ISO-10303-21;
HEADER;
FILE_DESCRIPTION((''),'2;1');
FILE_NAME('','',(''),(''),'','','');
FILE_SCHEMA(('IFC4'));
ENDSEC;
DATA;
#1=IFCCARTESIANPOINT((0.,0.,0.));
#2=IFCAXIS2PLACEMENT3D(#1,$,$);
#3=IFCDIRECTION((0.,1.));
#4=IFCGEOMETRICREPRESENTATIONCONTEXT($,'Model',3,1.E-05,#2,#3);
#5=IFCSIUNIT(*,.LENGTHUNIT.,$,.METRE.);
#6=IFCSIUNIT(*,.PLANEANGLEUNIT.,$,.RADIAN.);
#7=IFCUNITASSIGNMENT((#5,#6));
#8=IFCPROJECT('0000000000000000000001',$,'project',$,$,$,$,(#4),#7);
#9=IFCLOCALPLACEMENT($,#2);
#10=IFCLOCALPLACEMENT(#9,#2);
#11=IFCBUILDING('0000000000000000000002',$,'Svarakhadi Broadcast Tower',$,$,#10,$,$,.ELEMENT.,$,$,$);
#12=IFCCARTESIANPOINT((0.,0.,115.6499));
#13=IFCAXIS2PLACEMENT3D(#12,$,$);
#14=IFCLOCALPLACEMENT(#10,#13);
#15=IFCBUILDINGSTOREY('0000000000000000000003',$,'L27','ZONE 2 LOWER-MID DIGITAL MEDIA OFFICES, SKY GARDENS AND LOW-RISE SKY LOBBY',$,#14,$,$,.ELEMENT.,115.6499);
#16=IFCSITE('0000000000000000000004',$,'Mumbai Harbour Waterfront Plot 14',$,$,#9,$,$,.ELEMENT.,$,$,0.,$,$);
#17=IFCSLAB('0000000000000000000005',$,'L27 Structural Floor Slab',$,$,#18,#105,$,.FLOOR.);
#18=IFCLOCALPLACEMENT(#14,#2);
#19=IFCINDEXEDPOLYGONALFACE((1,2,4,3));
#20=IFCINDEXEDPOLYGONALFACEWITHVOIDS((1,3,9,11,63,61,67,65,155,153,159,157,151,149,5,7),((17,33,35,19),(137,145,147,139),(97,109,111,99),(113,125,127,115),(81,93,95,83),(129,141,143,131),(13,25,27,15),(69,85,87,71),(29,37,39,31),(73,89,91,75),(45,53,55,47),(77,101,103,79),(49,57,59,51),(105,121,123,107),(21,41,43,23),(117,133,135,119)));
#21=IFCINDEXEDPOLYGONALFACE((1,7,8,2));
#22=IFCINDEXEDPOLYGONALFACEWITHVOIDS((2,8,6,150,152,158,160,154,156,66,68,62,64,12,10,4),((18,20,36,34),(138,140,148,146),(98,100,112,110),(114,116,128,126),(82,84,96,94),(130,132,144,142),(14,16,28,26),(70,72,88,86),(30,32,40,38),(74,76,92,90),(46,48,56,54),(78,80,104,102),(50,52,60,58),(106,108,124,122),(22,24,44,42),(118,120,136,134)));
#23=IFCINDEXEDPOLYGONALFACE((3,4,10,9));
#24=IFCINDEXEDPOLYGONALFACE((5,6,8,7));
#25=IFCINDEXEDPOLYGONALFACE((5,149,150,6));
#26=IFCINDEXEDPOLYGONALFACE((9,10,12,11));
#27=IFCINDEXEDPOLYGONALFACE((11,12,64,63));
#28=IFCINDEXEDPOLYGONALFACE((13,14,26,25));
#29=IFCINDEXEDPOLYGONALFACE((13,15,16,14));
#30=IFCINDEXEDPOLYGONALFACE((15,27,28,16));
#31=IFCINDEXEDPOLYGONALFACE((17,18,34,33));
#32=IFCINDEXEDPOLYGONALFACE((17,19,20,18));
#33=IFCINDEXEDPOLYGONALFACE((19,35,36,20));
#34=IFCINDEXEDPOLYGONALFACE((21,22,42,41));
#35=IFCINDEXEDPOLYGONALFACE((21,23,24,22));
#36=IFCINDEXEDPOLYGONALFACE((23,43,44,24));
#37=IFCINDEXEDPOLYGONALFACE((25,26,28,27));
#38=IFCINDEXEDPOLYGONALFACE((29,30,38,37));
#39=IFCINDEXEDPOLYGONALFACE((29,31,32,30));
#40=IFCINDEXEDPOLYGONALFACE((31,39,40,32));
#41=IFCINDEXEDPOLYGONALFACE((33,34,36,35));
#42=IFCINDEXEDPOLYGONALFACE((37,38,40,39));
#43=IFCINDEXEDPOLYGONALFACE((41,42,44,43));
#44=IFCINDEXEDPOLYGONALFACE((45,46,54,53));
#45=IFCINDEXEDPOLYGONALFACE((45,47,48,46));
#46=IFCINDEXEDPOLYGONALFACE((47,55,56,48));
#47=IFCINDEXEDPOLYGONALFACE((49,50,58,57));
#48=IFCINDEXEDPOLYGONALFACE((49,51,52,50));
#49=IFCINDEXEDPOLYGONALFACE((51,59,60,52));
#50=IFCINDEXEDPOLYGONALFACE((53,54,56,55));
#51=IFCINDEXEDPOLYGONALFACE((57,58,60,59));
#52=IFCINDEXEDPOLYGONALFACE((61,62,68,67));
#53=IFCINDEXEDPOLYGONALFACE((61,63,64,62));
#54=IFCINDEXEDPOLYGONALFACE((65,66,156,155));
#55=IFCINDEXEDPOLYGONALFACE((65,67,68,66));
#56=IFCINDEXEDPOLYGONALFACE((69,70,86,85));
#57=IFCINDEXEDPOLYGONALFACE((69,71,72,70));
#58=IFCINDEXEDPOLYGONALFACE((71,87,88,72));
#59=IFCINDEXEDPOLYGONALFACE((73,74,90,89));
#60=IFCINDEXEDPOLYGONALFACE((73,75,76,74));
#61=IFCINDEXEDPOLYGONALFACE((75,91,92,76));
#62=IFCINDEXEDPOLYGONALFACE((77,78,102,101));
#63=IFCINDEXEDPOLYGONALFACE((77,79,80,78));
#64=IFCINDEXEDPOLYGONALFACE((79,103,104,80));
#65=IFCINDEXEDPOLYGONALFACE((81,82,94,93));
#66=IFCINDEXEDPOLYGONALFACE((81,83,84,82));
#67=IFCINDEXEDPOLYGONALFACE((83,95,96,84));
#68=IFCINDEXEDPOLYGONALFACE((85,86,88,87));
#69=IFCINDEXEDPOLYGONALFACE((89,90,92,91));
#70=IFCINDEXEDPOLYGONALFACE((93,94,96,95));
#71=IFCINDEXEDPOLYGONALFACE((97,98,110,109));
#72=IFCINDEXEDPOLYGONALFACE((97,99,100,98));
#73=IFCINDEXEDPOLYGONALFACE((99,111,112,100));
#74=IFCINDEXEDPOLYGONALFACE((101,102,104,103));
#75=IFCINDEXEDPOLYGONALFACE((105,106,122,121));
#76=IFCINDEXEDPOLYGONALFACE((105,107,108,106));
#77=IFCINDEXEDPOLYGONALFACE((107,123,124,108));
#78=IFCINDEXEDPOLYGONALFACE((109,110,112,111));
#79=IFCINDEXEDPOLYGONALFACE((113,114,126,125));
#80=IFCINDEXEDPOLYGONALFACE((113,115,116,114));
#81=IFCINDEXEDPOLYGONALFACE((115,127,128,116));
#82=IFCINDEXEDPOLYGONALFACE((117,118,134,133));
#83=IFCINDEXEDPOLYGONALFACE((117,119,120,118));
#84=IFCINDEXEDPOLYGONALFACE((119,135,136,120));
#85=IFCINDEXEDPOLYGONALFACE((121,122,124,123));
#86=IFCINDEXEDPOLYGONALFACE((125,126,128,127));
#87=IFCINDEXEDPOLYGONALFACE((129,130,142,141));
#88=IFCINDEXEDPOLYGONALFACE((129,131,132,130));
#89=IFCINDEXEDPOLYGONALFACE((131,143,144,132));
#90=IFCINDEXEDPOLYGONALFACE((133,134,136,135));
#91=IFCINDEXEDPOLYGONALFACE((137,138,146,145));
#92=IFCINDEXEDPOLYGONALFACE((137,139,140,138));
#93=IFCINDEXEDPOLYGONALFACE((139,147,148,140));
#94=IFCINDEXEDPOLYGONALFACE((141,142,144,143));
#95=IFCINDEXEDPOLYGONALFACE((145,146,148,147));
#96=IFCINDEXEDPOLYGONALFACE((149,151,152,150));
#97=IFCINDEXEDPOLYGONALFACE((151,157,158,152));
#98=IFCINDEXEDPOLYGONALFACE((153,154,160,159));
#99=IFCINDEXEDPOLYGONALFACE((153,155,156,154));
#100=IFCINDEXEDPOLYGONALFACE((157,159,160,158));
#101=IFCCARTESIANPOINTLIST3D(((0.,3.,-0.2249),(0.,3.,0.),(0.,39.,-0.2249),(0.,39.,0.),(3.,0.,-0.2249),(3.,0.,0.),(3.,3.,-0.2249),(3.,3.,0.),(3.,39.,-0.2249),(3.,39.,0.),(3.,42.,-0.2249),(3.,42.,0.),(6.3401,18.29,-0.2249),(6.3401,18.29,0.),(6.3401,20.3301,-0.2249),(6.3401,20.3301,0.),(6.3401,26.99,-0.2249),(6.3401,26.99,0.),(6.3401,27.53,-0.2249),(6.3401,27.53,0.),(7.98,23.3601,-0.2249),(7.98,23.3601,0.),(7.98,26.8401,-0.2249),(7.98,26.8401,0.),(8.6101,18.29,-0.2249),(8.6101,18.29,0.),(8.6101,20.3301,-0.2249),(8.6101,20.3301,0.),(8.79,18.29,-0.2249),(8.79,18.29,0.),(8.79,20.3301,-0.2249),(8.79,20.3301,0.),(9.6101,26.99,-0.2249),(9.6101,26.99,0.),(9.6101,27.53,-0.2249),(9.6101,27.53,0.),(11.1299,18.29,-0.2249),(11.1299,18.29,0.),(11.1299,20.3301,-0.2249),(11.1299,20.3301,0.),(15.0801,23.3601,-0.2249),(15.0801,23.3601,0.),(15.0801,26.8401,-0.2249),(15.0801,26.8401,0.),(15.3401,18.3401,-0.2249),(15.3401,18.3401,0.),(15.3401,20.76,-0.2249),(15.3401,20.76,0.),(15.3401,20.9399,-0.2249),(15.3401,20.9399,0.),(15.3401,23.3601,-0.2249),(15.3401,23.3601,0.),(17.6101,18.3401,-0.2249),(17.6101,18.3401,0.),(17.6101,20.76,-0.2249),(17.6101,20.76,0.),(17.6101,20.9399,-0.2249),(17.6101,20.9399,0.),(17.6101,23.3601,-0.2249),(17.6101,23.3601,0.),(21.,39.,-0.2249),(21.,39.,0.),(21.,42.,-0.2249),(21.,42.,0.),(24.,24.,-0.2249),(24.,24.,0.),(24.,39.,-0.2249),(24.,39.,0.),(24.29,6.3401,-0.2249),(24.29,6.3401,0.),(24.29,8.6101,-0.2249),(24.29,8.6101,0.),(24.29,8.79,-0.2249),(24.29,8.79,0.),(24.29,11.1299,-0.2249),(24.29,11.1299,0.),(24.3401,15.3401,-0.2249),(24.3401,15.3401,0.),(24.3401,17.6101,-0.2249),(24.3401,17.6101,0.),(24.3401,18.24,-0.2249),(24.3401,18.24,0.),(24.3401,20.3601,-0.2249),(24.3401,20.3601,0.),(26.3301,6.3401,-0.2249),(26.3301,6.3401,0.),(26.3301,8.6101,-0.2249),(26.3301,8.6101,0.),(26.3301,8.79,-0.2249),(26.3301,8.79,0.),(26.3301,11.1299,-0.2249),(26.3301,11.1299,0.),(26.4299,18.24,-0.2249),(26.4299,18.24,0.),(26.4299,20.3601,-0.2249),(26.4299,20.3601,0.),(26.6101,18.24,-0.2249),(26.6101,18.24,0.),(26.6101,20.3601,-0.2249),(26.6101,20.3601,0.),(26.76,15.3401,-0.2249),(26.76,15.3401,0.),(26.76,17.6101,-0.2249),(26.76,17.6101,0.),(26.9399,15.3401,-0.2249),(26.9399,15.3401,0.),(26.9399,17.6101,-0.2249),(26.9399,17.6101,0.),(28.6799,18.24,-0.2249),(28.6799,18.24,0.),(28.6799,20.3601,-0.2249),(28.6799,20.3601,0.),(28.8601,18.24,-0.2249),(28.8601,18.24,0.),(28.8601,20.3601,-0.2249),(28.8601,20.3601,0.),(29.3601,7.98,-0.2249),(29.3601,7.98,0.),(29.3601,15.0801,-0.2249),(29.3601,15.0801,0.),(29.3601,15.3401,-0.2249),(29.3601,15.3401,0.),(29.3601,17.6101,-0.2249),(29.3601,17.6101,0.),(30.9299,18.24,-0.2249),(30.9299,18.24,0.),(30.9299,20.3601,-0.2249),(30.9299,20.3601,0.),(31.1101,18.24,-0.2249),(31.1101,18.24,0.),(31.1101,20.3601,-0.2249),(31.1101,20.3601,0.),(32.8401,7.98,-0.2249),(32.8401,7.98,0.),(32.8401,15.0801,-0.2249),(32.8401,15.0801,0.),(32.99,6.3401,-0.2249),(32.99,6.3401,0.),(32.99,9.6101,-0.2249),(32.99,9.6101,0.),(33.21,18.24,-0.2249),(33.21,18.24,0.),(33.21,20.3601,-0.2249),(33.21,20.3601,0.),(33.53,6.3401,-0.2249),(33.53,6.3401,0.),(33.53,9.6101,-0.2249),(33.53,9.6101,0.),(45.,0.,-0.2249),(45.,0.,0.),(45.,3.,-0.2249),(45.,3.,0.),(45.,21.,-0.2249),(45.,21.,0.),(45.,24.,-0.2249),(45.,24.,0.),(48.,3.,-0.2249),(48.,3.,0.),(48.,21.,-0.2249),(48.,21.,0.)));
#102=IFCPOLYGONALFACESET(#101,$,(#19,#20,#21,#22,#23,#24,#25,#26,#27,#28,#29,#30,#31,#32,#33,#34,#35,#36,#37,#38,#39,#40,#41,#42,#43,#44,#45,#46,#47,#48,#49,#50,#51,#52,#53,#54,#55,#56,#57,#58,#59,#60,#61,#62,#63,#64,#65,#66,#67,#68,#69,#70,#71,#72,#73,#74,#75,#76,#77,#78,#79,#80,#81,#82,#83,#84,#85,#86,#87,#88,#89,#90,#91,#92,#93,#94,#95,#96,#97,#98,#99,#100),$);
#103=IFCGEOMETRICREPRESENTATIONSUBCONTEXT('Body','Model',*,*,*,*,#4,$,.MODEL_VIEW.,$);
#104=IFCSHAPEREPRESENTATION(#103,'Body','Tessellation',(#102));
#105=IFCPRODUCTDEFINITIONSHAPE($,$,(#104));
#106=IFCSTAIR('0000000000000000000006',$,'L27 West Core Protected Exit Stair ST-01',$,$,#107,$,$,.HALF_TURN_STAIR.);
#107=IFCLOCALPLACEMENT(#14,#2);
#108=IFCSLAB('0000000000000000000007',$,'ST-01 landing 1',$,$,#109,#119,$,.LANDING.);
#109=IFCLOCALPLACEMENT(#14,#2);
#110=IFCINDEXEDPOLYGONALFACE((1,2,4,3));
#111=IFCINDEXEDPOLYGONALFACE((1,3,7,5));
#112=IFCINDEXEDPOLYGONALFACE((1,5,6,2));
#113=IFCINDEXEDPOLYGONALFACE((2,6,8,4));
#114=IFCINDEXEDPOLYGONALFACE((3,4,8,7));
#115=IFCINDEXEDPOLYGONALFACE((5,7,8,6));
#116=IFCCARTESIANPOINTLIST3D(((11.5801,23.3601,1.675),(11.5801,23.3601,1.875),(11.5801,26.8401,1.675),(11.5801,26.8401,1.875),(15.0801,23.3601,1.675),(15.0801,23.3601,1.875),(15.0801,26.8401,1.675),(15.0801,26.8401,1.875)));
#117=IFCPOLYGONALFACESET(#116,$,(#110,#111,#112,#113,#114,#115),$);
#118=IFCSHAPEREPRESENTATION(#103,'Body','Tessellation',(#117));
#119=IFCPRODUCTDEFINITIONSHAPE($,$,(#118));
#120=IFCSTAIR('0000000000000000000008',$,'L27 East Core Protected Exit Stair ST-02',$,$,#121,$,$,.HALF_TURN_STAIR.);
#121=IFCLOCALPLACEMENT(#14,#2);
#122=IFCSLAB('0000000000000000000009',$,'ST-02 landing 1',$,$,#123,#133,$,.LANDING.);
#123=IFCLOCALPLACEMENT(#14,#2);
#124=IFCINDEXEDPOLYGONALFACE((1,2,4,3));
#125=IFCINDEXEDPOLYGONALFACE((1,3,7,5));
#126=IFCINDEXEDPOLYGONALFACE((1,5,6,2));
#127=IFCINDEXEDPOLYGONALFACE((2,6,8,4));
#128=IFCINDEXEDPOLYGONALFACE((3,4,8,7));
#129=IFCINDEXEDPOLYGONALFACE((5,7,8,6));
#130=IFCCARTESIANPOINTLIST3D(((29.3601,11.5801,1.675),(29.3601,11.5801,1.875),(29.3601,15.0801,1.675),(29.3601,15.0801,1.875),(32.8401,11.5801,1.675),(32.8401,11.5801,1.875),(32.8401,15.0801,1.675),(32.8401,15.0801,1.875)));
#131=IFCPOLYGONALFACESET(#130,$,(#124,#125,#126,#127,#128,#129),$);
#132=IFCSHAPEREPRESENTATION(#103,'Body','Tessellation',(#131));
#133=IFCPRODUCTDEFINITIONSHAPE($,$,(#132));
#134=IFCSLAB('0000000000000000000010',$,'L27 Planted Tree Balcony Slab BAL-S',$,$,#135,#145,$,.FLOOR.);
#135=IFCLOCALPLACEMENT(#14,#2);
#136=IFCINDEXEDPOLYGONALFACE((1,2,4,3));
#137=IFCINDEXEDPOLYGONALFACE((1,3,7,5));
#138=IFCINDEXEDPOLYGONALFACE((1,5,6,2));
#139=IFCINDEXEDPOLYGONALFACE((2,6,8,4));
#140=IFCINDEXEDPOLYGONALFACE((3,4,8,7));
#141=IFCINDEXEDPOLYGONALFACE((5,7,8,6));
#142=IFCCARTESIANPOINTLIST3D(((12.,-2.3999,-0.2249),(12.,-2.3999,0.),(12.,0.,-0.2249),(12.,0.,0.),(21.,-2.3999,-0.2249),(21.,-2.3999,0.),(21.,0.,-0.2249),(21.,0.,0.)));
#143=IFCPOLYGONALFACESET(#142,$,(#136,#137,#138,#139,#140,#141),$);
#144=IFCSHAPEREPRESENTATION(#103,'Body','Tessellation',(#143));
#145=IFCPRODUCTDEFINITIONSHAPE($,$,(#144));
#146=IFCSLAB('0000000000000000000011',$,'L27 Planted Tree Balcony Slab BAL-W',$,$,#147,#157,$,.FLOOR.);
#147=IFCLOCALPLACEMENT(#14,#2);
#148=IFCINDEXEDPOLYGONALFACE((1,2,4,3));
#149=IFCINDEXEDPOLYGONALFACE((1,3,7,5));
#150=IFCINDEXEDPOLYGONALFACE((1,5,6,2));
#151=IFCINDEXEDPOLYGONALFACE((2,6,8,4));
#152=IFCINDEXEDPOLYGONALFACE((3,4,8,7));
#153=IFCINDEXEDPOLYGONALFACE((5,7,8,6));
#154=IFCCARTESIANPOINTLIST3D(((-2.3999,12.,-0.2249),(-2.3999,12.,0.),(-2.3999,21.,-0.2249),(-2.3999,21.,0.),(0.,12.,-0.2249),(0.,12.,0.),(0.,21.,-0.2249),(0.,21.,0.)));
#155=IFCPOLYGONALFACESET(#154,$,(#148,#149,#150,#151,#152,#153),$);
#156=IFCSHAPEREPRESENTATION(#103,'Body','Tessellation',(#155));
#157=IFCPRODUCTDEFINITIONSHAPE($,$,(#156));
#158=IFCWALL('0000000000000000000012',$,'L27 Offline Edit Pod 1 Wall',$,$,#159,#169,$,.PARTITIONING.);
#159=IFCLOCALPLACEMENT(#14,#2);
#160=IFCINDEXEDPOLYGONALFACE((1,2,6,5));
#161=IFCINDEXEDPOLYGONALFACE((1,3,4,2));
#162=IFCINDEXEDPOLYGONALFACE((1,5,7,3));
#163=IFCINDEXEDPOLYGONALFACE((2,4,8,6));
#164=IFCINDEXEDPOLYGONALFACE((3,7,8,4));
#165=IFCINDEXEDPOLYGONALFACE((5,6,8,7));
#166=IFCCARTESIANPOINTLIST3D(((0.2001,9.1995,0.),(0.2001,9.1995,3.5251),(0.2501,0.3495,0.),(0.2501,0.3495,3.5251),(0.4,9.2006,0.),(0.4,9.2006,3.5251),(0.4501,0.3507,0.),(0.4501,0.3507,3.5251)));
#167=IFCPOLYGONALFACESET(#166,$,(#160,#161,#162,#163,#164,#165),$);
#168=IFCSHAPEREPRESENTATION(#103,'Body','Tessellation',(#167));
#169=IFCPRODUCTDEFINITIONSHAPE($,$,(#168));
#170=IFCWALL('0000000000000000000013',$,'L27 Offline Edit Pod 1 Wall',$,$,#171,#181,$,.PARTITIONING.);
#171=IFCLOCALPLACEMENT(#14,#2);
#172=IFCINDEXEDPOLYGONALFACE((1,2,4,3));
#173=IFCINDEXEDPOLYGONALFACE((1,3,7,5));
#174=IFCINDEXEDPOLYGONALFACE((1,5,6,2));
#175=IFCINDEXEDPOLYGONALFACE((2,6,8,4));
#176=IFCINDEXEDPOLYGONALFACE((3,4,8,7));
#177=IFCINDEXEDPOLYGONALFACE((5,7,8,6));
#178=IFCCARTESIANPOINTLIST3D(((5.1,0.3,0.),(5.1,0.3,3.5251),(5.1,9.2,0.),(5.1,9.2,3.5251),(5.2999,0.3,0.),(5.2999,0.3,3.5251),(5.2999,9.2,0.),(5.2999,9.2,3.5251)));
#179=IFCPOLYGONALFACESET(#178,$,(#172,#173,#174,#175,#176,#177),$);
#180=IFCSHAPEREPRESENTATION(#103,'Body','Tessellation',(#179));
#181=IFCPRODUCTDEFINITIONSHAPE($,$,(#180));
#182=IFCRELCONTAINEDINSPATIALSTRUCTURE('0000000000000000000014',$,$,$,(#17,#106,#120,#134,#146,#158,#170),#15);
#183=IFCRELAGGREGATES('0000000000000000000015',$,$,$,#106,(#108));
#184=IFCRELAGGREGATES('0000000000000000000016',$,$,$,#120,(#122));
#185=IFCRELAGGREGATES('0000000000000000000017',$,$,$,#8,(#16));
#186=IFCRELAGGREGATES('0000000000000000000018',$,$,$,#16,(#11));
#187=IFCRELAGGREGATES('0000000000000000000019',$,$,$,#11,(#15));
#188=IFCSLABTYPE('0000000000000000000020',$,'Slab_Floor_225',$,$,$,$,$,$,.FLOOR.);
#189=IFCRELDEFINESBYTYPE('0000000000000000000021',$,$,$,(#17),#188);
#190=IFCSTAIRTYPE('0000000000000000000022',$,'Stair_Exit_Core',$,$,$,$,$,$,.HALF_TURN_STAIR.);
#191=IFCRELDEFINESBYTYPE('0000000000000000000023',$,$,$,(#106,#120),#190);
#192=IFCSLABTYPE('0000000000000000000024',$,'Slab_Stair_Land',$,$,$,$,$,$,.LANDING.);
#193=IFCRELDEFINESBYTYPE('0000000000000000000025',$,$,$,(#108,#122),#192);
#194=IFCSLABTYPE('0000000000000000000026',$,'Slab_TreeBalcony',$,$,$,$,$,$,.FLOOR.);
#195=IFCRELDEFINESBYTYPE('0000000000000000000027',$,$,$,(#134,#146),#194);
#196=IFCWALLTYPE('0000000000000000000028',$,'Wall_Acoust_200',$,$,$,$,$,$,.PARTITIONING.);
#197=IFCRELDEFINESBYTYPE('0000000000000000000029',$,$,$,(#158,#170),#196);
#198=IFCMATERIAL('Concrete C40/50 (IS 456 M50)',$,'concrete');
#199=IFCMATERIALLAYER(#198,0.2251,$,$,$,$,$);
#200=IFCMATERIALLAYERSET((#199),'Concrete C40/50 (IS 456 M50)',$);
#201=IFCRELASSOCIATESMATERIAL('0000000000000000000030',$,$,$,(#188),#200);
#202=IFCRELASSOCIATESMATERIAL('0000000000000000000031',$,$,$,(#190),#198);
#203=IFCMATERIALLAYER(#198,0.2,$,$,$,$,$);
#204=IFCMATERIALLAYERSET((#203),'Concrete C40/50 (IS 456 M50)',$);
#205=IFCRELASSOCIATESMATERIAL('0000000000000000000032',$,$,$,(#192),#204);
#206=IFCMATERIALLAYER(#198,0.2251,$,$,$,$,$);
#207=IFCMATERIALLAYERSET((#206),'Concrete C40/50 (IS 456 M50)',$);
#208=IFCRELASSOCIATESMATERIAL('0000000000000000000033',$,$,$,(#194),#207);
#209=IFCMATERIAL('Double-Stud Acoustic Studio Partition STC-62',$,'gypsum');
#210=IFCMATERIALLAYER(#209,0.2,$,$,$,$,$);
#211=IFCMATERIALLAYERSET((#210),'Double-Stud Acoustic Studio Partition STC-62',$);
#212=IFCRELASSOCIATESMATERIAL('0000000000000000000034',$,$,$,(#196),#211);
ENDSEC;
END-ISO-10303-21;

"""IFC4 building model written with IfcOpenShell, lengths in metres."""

from ifc_helpers import new_model, si_unit, direction, frame, frame_2d, origin, place, context, subcontext, project, spatial, polyline, rectangle, outline, extrude, material, layer, layer_set, type_object, element, aggregate, save


model = new_model("IFC4")

# Units and contexts
model_context = context("Model", 3, precision=1e-05, world=origin(), true_north=direction((0.0, 1.0)))
body_context = subcontext(model_context, "Body", "Model", "MODEL_VIEW")
ifc_project = project(units=[si_unit("LENGTHUNIT", "METRE"), si_unit("PLANEANGLEUNIT", "RADIAN")], contexts=[model_context])

# Site, building, storey
site_placement = place(None, origin())
site = spatial("IfcSite", under=ifc_project, at=site_placement, Name="Mumbai Harbour Waterfront Plot 14", CompositionType="ELEMENT", RefElevation=0.0)
building_placement = place(site_placement, origin())
building = spatial("IfcBuilding", under=site, at=building_placement, Name="Svarakhadi Broadcast Tower", CompositionType="ELEMENT")
storey_placement = place(building_placement, frame((0.0, 0.0, 115.6499)))
storey = spatial("IfcBuildingStorey", under=building, at=storey_placement, Name="L27", Description="ZONE 2 LOWER-MID DIGITAL MEDIA OFFICES, SKY GARDENS AND LOW-RISE SKY LOBBY", CompositionType="ELEMENT", Elevation=115.6499)

# Slab
ifc_material_1 = material(Name="Concrete C40/50 (IS 456 M50)", Category="concrete")
ifc_layer_1 = layer(ifc_material_1, 0.2251)
ifc_layer_set_1 = layer_set([ifc_layer_1], Name="Concrete C40/50 (IS 456 M50)")
slab_type_1 = type_object("IfcSlabType", Name="Slab_Floor_225", PredefinedType="FLOOR", material=ifc_layer_set_1)
slab_1_placement = place(storey_placement, frame((0.0, 0.0, -0.2249)))
element("IfcSlab", 1, at=slab_1_placement, inside=storey, type_object=slab_type_1, Name="L27 Structural Floor Slab", PredefinedType="FLOOR", context=body_context, shape_type="SweptSolid", body=[
    extrude(outline(polyline([(3.0, 0.0), (45.0, 0.0), (45.0, 3.0), (48.0, 3.0), (48.0, 21.0), (45.0, 21.0), (45.0, 24.0), (24.0, 24.0), (24.0, 39.0), (21.0, 39.0), (21.0, 42.0), (3.0, 42.0), (3.0, 39.0), (0.0, 39.0), (0.0, 3.0), (3.0, 3.0), (3.0, 0.0)]), holes=[polyline([(7.98, 23.3601), (15.0801, 23.3601), (15.0801, 26.8401), (7.98, 26.8401), (7.98, 23.3601)]), polyline([(32.8401, 7.98), (32.8401, 15.0801), (29.3601, 15.0801), (29.3601, 7.98), (32.8401, 7.98)]), polyline([(6.3401, 18.29), (8.6101, 18.29), (8.6101, 20.3301), (6.3401, 20.3301), (6.3401, 18.29)]), polyline([(8.79, 18.29), (11.1299, 18.29), (11.1299, 20.3301), (8.79, 20.3301), (8.79, 18.29)]), polyline([(24.29, 6.3401), (26.3301, 6.3401), (26.3301, 8.6101), (24.29, 8.6101), (24.29, 6.3401)]), polyline([(24.29, 8.79), (26.3301, 8.79), (26.3301, 11.1299), (24.29, 11.1299), (24.29, 8.79)]), polyline([(6.3401, 26.99), (9.6101, 26.99), (9.6101, 27.53), (6.3401, 27.53), (6.3401, 26.99)]), polyline([(32.99, 6.3401), (33.53, 6.3401), (33.53, 9.6101), (32.99, 9.6101), (32.99, 6.3401)]), polyline([(15.3401, 18.3401), (17.6101, 18.3401), (17.6101, 20.76), (15.3401, 20.76), (15.3401, 18.3401)]), polyline([(15.3401, 20.9399), (17.6101, 20.9399), (17.6101, 23.3601), (15.3401, 23.3601), (15.3401, 20.9399)]), polyline([(24.3401, 15.3401), (26.76, 15.3401), (26.76, 17.6101), (24.3401, 17.6101), (24.3401, 15.3401)]), polyline([(26.9399, 15.3401), (29.3601, 15.3401), (29.3601, 17.6101), (26.9399, 17.6101), (26.9399, 15.3401)]), polyline([(24.3401, 18.24), (26.4299, 18.24), (26.4299, 20.3601), (24.3401, 20.3601), (24.3401, 18.24)]), polyline([(26.6101, 18.24), (28.6799, 18.24), (28.6799, 20.3601), (26.6101, 20.3601), (26.6101, 18.24)]), polyline([(28.8601, 18.24), (30.9299, 18.24), (30.9299, 20.3601), (28.8601, 20.3601), (28.8601, 18.24)]), polyline([(31.1101, 18.24), (33.21, 18.24), (33.21, 20.3601), (31.1101, 20.3601), (31.1101, 18.24)])]), origin(), (0.0, 0.0, 1.0), 0.2249),
])

# Stairs, slabs
stair_type = type_object("IfcStairType", Name="Stair_Exit_Core", PredefinedType="HALF_TURN_STAIR", material=ifc_material_1)
stair_1_placement = place(storey_placement, origin())
stair_1 = element("IfcStair", 2, at=stair_1_placement, inside=storey, type_object=stair_type, Name="L27 West Core Protected Exit Stair ST-01", PredefinedType="HALF_TURN_STAIR")
ifc_layer_2 = layer(ifc_material_1, 0.2)
ifc_layer_set_2 = layer_set([ifc_layer_2], Name="Concrete C40/50 (IS 456 M50)")
slab_type_2 = type_object("IfcSlabType", Name="Slab_Stair_Land", PredefinedType="LANDING", material=ifc_layer_set_2)
slab_2_placement = place(storey_placement, frame((0.0, 0.0, 1.675)))
slab_2 = element("IfcSlab", 3, at=slab_2_placement, type_object=slab_type_2, Name="ST-01 landing 1", PredefinedType="LANDING", context=body_context, shape_type="SweptSolid", body=[
    extrude(outline(polyline([(11.5801, 23.3601), (15.0801, 23.3601), (15.0801, 26.8401), (11.5801, 26.8401), (11.5801, 23.3601)])), origin(), (0.0, 0.0, 1.0), 0.2),
])
aggregate(stair_1, [slab_2])
stair_2_placement = place(storey_placement, origin())
stair_2 = element("IfcStair", 4, at=stair_2_placement, inside=storey, type_object=stair_type, Name="L27 East Core Protected Exit Stair ST-02", PredefinedType="HALF_TURN_STAIR")
slab_3_placement = place(storey_placement, frame((0.0, 0.0, 1.675)))
slab_3 = element("IfcSlab", 5, at=slab_3_placement, type_object=slab_type_2, Name="ST-02 landing 1", PredefinedType="LANDING", context=body_context, shape_type="SweptSolid", body=[
    extrude(outline(polyline([(32.8401, 11.5801), (32.8401, 15.0801), (29.3601, 15.0801), (29.3601, 11.5801), (32.8401, 11.5801)])), origin(), (0.0, 0.0, 1.0), 0.2),
])
aggregate(stair_2, [slab_3])

# Slabs
ifc_layer_3 = layer(ifc_material_1, 0.2251)
ifc_layer_set_3 = layer_set([ifc_layer_3], Name="Concrete C40/50 (IS 456 M50)")
slab_type_3 = type_object("IfcSlabType", Name="Slab_TreeBalcony", PredefinedType="FLOOR", material=ifc_layer_set_3)
slab_4_placement = place(storey_placement, frame((0.0, 0.0, -0.2249)))
element("IfcSlab", 6, at=slab_4_placement, inside=storey, type_object=slab_type_3, Name="L27 Planted Tree Balcony Slab BAL-S", PredefinedType="FLOOR", context=body_context, shape_type="SweptSolid", body=[
    extrude(outline(polyline([(12.0, -2.3999), (21.0, -2.3999), (21.0, 0.0), (12.0, 0.0), (12.0, -2.3999)])), origin(), (0.0, 0.0, 1.0), 0.2249),
])
slab_5_placement = place(storey_placement, frame((0.0, 0.0, -0.2249)))
element("IfcSlab", 7, at=slab_5_placement, inside=storey, type_object=slab_type_3, Name="L27 Planted Tree Balcony Slab BAL-W", PredefinedType="FLOOR", context=body_context, shape_type="SweptSolid", body=[
    extrude(outline(polyline([(-2.3999, 12.0), (0.0, 12.0), (0.0, 21.0), (-2.3999, 21.0), (-2.3999, 12.0)])), origin(), (0.0, 0.0, 1.0), 0.2249),
])

# Walls
ifc_material_2 = material(Name="Double-Stud Acoustic Studio Partition STC-62", Category="gypsum")
ifc_layer_4 = layer(ifc_material_2, 0.2)
ifc_layer_set_4 = layer_set([ifc_layer_4], Name="Double-Stud Acoustic Studio Partition STC-62")
wall_type = type_object("IfcWallType", Name="Wall_Acoust_200", PredefinedType="PARTITIONING", material=ifc_layer_set_4)
wall_1_placement = place(storey_placement, frame((0.3501, 0.3501, 0.0), z_axis=(0.0, 0.0, 1.0), x_axis=(-0.005655, 0.999984, 0.0)))
element("IfcWall", 8, at=wall_1_placement, inside=storey, type_object=wall_type, Name="L27 Offline Edit Pod 1 Wall", PredefinedType="PARTITIONING", context=body_context, shape_type="SweptSolid", body=[
    extrude(rectangle(XDim=8.8501, YDim=0.2, at=frame_2d((4.425, 0.0))), origin(), (0.0, 0.0, 1.0), 3.5251),
])
wall_2_placement = place(storey_placement, frame((5.2, 0.3, 0.0), z_axis=(0.0, 0.0, 1.0), x_axis=(0.0, 1.0, 0.0)))
element("IfcWall", 9, at=wall_2_placement, inside=storey, type_object=wall_type, Name="L27 Offline Edit Pod 1 Wall", PredefinedType="PARTITIONING", context=body_context, shape_type="SweptSolid", body=[
    extrude(rectangle(XDim=8.8999, YDim=0.2, at=frame_2d((4.45, 0.0))), origin(), (0.0, 0.0, 1.0), 3.5251),
])

save(model, "model.ifc")
